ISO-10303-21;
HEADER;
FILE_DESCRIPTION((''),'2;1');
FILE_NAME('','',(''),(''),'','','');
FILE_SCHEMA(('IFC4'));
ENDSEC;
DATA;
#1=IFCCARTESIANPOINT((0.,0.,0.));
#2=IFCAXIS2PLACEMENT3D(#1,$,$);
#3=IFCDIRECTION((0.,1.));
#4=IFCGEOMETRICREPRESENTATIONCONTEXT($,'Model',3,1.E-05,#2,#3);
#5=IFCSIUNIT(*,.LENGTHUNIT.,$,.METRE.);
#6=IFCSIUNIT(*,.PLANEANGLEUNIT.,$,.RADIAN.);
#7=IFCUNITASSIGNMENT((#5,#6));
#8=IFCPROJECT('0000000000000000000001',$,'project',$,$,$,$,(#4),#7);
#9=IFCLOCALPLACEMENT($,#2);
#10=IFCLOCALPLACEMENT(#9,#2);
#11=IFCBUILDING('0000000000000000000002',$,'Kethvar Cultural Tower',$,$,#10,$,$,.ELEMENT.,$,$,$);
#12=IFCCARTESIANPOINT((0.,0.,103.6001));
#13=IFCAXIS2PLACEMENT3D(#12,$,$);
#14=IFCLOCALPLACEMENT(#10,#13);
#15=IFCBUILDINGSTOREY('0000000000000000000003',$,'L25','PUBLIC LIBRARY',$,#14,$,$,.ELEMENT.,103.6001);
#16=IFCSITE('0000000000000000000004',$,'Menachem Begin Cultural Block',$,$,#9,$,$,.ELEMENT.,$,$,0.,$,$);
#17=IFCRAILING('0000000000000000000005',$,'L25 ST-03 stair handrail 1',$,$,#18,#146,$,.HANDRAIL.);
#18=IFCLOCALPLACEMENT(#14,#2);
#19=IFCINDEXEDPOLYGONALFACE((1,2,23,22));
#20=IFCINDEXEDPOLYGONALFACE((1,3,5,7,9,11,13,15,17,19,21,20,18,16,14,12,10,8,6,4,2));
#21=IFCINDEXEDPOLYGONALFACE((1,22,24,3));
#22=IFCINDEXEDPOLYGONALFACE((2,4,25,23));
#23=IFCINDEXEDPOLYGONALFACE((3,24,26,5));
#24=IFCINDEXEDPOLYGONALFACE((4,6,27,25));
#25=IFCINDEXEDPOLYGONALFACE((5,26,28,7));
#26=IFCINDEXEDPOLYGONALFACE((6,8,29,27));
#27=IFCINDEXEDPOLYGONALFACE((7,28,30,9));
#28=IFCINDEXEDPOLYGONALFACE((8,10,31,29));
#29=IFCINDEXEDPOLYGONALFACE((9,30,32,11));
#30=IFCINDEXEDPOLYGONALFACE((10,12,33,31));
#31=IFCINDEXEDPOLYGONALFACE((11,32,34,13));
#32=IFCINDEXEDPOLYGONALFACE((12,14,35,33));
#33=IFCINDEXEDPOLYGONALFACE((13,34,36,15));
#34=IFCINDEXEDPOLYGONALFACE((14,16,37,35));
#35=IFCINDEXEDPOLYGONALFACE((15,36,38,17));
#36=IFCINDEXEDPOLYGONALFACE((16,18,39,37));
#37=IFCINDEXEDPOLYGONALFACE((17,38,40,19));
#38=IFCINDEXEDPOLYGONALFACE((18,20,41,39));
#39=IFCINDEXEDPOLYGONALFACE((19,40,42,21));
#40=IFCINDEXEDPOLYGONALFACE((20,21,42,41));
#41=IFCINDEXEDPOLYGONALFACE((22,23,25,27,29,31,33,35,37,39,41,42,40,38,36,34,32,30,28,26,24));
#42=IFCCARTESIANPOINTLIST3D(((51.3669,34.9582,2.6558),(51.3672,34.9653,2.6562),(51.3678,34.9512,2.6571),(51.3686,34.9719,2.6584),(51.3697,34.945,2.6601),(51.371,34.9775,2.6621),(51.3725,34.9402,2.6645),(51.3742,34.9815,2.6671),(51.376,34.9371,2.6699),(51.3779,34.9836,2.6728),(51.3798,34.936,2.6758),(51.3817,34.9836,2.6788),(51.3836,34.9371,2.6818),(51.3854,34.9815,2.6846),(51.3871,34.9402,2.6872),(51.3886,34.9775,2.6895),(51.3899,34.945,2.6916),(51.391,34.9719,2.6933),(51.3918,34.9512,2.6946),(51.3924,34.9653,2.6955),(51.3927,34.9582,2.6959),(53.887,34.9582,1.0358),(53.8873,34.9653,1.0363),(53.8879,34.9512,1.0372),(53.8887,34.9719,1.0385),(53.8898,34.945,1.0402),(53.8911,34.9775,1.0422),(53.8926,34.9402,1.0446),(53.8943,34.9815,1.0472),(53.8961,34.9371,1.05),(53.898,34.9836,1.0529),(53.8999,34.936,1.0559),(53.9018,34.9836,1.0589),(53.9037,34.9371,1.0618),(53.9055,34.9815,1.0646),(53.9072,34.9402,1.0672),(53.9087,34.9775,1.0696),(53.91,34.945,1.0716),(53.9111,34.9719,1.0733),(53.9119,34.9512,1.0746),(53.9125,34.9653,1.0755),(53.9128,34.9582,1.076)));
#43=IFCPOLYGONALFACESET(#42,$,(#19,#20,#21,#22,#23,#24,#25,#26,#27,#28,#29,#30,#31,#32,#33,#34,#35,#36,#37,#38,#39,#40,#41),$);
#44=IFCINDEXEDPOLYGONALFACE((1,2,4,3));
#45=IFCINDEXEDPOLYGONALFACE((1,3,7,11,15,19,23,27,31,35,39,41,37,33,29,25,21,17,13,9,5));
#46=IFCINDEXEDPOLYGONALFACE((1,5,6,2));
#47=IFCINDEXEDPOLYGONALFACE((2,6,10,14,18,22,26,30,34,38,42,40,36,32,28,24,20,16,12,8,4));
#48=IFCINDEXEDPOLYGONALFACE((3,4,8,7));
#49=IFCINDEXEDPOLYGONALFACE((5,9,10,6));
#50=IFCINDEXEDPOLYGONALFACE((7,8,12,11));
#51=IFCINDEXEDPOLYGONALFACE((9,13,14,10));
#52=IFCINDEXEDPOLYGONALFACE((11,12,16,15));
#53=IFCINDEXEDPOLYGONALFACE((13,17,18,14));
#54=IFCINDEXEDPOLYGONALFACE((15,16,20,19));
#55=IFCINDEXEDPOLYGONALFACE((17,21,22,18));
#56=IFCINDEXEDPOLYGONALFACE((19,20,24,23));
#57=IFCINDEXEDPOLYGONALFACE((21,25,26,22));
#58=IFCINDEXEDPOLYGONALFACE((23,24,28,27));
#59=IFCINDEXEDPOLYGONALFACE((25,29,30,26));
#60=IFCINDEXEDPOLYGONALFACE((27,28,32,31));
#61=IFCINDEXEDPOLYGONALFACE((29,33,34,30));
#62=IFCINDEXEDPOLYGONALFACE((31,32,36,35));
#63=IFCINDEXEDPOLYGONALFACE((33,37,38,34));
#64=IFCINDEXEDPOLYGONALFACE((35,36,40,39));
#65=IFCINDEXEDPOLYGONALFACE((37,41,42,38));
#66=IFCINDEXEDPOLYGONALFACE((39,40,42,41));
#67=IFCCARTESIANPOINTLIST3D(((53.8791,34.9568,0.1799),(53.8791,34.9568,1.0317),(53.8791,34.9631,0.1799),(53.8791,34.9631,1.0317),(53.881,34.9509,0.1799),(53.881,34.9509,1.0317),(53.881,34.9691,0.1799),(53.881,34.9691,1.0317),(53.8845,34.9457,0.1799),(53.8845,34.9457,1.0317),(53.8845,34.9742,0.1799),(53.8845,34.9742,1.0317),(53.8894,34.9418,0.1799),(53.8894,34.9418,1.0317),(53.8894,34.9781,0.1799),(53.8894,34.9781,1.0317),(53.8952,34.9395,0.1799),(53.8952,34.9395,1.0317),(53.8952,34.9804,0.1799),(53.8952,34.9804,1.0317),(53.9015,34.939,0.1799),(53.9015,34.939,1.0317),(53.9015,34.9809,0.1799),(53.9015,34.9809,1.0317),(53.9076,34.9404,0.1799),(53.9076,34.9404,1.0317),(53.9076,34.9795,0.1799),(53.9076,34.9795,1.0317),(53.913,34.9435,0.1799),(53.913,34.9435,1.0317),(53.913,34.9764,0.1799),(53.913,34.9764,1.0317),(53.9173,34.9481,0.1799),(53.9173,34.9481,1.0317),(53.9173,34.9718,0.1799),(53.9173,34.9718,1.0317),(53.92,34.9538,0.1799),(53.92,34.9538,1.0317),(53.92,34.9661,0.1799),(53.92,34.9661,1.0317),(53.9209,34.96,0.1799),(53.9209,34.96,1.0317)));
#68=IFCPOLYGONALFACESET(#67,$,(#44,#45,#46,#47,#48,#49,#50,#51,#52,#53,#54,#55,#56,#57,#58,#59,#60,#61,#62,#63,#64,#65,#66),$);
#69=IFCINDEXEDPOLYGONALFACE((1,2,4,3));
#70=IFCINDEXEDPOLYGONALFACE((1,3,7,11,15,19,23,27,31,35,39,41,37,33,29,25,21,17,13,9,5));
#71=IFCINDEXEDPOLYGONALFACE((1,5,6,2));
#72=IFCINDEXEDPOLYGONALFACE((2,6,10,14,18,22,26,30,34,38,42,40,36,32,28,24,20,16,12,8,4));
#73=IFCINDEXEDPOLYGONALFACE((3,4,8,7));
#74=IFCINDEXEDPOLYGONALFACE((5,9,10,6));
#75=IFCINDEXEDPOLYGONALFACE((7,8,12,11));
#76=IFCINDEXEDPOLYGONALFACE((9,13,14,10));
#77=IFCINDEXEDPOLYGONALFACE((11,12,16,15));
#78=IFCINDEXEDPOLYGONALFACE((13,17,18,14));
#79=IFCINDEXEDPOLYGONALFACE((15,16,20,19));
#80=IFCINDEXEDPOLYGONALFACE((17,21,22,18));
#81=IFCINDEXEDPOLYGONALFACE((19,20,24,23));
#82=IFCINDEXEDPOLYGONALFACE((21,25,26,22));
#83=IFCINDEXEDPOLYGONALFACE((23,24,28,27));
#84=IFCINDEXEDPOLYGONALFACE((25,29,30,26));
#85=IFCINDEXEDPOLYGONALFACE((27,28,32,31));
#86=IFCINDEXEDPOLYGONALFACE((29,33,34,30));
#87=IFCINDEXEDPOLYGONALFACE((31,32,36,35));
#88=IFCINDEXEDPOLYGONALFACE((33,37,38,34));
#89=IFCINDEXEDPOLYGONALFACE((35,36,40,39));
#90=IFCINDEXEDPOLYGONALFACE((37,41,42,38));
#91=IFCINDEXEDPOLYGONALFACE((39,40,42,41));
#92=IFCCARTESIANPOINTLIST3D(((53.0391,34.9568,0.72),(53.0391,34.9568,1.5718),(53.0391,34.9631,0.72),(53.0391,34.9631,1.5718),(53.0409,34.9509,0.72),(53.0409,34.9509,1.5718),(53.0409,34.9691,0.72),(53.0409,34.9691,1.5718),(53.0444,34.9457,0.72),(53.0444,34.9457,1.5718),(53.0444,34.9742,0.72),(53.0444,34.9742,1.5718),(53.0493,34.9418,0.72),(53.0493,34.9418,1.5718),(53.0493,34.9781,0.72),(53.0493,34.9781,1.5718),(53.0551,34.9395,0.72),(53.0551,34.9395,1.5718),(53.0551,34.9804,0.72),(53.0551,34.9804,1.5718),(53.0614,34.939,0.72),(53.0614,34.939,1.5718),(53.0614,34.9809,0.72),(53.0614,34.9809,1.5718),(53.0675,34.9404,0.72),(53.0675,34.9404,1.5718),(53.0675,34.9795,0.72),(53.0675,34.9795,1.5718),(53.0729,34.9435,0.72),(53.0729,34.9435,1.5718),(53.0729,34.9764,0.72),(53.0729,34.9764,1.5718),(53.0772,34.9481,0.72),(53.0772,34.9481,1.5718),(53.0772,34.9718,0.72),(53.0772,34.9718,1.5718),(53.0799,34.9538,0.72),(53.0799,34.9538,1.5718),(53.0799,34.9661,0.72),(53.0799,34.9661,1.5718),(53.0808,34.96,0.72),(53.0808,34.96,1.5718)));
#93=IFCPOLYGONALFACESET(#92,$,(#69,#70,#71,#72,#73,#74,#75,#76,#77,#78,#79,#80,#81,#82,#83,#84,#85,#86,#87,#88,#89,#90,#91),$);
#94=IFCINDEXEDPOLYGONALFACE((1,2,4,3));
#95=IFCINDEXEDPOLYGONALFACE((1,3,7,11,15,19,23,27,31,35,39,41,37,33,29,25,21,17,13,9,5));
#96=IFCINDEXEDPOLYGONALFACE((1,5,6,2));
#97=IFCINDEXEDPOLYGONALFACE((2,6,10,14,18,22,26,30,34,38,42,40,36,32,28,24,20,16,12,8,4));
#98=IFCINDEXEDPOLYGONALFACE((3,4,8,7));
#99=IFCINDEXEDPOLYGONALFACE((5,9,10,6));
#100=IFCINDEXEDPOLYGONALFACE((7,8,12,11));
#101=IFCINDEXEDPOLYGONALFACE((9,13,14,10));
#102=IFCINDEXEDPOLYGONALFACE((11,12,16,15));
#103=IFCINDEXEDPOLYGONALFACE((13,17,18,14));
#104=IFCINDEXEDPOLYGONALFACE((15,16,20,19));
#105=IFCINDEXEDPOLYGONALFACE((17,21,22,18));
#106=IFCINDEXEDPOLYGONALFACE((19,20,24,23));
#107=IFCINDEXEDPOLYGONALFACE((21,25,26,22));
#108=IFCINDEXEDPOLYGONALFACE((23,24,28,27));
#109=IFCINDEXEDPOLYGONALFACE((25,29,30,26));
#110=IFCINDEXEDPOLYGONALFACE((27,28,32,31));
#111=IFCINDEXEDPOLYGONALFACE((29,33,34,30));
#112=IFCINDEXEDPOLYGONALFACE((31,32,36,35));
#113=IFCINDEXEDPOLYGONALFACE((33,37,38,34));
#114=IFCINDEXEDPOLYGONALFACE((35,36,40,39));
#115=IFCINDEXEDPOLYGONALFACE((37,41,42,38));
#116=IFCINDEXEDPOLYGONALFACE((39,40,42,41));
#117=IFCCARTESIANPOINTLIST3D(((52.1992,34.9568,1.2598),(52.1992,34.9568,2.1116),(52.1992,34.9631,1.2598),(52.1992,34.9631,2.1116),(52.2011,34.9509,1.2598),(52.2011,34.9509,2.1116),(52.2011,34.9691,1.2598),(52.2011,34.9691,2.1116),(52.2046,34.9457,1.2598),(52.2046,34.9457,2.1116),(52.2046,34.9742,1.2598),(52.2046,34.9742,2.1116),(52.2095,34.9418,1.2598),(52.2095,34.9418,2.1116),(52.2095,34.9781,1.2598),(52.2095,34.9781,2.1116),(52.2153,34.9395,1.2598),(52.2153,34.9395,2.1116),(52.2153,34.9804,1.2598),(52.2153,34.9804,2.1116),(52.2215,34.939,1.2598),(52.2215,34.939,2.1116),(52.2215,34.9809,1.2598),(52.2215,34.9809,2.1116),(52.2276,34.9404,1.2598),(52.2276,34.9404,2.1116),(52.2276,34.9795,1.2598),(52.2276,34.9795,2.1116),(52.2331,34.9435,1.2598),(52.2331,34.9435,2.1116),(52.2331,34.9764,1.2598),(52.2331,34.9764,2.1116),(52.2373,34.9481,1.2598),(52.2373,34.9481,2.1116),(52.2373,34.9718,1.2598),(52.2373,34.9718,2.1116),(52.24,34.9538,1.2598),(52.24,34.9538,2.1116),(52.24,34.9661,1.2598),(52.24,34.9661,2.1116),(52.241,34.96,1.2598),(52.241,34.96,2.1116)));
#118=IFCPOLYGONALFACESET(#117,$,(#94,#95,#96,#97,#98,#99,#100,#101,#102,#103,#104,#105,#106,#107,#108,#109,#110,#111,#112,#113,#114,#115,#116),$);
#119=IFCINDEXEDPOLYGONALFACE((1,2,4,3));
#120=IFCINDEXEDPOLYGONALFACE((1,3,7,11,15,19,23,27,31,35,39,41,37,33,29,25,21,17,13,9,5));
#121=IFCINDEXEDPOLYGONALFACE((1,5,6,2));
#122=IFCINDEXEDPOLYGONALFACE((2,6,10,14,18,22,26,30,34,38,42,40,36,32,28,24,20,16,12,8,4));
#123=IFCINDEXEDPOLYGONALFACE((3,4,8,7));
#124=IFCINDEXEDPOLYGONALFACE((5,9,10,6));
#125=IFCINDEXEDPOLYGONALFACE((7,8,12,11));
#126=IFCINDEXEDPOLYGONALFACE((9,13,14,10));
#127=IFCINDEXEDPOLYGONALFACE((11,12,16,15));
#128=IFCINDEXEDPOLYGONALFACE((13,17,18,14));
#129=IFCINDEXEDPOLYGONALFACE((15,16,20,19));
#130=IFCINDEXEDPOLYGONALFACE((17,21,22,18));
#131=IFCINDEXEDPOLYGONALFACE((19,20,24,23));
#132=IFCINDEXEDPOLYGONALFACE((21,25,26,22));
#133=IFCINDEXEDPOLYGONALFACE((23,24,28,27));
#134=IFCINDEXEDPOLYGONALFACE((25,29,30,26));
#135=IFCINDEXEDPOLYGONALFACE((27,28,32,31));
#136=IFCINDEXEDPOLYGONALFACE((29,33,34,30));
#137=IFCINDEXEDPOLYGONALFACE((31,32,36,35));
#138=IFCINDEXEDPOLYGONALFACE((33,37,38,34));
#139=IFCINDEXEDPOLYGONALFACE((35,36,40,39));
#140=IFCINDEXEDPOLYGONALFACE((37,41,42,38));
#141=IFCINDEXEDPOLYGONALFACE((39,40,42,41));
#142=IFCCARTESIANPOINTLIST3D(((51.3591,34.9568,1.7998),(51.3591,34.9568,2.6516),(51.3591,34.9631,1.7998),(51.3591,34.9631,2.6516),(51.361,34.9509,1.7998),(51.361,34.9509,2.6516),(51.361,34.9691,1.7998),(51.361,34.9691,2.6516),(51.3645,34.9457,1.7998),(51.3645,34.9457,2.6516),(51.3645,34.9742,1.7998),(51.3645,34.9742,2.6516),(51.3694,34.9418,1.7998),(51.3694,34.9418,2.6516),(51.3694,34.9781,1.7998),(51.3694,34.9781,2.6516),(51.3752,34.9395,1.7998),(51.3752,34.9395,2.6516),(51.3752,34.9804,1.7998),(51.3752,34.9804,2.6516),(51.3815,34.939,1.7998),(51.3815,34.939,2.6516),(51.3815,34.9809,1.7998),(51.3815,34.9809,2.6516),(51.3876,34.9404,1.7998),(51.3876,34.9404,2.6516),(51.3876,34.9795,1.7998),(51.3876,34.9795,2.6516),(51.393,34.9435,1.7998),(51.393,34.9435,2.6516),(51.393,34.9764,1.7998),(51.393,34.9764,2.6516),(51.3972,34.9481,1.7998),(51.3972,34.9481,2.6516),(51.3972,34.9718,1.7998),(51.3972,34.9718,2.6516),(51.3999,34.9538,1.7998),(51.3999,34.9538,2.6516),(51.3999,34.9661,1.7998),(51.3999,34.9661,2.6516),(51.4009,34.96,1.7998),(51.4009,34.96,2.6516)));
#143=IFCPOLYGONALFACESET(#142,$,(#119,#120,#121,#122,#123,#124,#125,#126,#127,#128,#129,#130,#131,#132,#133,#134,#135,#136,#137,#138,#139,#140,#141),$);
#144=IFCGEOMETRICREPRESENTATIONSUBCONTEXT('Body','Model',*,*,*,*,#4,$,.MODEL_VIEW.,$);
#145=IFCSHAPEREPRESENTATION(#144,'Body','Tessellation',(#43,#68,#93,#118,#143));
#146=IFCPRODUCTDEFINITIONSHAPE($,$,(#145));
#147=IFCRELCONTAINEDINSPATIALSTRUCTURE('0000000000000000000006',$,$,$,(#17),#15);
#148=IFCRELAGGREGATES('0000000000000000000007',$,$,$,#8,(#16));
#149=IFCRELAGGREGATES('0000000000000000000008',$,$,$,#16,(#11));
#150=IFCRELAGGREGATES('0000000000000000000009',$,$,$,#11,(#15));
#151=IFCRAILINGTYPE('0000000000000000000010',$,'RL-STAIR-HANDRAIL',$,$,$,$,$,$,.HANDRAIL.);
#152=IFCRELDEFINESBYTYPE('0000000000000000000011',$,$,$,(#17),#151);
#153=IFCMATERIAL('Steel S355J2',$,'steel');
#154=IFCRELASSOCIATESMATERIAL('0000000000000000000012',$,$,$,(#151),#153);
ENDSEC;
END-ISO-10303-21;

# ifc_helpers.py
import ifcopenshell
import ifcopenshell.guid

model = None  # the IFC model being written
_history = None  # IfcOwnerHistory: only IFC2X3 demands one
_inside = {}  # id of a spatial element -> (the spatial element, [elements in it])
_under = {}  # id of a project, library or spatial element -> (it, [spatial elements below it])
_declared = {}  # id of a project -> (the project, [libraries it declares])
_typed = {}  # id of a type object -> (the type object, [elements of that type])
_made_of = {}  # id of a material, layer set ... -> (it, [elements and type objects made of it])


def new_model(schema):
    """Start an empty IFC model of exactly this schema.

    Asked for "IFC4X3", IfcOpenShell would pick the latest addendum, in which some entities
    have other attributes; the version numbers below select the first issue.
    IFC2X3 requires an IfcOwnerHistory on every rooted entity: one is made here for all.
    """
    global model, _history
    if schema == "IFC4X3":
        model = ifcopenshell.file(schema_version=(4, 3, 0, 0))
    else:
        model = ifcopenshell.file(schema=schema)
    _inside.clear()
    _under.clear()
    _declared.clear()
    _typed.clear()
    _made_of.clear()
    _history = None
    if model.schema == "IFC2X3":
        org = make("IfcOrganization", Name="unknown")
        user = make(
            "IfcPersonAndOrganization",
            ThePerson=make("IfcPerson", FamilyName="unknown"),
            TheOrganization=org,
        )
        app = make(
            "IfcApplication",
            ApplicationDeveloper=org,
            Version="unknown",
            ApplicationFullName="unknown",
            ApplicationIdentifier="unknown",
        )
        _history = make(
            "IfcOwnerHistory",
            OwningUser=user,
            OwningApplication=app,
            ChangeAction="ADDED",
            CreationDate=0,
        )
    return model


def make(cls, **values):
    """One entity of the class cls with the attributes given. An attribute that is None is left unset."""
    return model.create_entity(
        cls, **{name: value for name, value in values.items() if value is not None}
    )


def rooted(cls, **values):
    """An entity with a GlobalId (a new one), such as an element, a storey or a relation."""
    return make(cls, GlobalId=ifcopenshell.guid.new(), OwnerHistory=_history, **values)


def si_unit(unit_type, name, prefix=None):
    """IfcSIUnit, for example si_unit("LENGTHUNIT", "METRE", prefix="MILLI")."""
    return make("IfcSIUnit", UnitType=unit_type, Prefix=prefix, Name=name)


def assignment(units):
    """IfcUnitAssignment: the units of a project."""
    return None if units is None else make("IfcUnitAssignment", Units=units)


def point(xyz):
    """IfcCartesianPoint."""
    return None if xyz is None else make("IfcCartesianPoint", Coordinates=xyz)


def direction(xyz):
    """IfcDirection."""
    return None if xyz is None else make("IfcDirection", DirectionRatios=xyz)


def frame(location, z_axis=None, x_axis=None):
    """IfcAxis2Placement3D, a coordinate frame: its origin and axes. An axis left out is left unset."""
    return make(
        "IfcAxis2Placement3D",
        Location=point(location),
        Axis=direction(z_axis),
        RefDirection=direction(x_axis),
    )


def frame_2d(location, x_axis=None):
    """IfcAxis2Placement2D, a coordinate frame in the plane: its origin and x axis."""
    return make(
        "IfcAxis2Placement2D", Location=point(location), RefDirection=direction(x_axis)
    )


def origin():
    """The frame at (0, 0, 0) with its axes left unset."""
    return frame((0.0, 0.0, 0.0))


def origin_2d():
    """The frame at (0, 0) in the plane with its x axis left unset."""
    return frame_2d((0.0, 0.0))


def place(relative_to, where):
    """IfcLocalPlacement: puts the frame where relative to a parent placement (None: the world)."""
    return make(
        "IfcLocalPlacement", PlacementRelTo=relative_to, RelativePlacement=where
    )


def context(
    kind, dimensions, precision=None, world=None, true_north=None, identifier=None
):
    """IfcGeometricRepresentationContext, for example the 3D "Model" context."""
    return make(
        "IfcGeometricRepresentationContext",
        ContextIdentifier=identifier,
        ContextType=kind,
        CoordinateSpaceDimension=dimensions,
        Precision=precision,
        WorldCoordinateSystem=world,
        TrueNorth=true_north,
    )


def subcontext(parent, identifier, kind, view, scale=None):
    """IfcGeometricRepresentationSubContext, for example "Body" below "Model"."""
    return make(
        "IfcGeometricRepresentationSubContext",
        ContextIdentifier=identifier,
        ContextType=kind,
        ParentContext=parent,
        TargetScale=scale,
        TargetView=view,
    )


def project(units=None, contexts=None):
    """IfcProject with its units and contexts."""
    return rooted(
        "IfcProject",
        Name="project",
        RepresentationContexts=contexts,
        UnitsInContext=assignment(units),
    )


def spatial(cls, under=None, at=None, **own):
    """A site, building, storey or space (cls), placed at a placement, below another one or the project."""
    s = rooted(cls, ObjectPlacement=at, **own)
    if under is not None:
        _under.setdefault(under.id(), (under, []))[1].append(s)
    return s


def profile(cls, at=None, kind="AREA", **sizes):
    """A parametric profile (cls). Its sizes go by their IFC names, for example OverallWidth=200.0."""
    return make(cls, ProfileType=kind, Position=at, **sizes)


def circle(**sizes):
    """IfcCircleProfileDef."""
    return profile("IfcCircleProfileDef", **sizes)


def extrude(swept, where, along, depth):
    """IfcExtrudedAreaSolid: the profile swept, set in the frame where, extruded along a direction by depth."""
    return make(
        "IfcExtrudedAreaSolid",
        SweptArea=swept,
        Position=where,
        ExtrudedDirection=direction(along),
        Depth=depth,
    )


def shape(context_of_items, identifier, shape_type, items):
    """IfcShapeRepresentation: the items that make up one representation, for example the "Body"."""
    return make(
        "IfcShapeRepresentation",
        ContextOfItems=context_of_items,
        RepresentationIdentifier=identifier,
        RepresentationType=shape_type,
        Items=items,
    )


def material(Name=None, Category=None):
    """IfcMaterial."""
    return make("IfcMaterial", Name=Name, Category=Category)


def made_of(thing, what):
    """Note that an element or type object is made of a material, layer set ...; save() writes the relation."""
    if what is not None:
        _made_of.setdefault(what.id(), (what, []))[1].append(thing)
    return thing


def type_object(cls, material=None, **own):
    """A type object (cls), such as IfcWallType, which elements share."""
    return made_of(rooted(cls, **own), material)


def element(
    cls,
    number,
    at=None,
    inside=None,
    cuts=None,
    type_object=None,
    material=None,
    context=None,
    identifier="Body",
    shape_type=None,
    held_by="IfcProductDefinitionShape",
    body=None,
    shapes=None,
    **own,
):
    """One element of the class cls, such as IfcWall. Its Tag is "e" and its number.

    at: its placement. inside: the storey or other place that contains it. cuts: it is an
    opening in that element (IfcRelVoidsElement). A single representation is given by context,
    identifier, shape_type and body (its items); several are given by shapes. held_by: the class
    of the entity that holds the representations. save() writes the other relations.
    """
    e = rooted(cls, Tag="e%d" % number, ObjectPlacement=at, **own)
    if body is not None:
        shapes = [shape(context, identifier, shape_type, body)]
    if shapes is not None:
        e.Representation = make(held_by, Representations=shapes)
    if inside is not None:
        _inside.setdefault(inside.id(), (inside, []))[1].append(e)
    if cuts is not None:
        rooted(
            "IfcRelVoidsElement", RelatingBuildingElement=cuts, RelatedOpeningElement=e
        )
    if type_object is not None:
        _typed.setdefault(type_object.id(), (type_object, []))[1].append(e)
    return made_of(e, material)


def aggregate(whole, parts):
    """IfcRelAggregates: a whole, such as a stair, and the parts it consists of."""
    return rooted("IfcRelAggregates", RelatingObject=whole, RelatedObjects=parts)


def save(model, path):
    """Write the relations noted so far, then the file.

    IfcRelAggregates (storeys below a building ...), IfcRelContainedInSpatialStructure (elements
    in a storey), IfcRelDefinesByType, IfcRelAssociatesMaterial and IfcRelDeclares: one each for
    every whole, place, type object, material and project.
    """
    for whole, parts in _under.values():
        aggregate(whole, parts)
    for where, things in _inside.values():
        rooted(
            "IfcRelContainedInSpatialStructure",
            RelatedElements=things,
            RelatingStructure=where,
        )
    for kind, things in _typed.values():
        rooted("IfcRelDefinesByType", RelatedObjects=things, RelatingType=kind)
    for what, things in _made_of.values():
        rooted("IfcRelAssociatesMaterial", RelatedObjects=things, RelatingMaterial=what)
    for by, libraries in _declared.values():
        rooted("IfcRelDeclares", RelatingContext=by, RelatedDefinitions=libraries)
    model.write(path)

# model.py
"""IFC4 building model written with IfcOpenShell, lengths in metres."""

from ifc_helpers import new_model, si_unit, direction, frame, origin, origin_2d, place, context, subcontext, project, spatial, circle, extrude, material, type_object, element, save


model = new_model("IFC4")

# Units and contexts
model_context = context("Model", 3, precision=1e-05, world=origin(), true_north=direction((0.0, 1.0)))
body_context = subcontext(model_context, "Body", "Model", "MODEL_VIEW")
ifc_project = project(units=[si_unit("LENGTHUNIT", "METRE"), si_unit("PLANEANGLEUNIT", "RADIAN")], contexts=[model_context])

# Site, building, storey
site_placement = place(None, origin())
site = spatial("IfcSite", under=ifc_project, at=site_placement, Name="Menachem Begin Cultural Block", CompositionType="ELEMENT", RefElevation=0.0)
building_placement = place(site_placement, origin())
building = spatial("IfcBuilding", under=site, at=building_placement, Name="Kethvar Cultural Tower", CompositionType="ELEMENT")
storey_placement = place(building_placement, frame((0.0, 0.0, 103.6001)))
storey = spatial("IfcBuildingStorey", under=building, at=storey_placement, Name="L25", Description="PUBLIC LIBRARY", CompositionType="ELEMENT", Elevation=103.6001)

# Shared definitions
ifc_material_1 = material(Name="Steel S355J2", Category="steel")

# Railing
railing_type_1 = type_object("IfcRailingType", Name="RL-STAIR-HANDRAIL", PredefinedType="HANDRAIL", material=ifc_material_1)
railing_1_placement = place(storey_placement, frame((53.8999, 34.96, 0.1799)))
element("IfcRailing", 1, at=railing_1_placement, inside=storey, type_object=railing_type_1, Name="L25 ST-03 stair handrail 1", PredefinedType="HANDRAIL", context=body_context, shape_type="SweptSolid", body=[
    extrude(circle(Radius=0.0239, at=origin_2d()), frame((0.0, 0.0, 0.876), z_axis=(-0.8412, 0.0, 0.540725), x_axis=(0.0, -1.0, 0.0)), (0.0, 0.0, 1.0), 2.9958),
    extrude(circle(Radius=0.021, at=origin_2d()), origin(), (0.0, 0.0, 1.0), 0.8518),
    extrude(circle(Radius=0.021, at=origin_2d()), frame((-0.8401, 0.0, 0.54)), (0.0, 0.0, 1.0), 0.8518),
    extrude(circle(Radius=0.021, at=origin_2d()), frame((-1.6799, 0.0, 1.0798)), (0.0, 0.0, 1.0), 0.8518),
    extrude(circle(Radius=0.021, at=origin_2d()), frame((-2.52, 0.0, 1.6199)), (0.0, 0.0, 1.0), 0.8518),
])

save(model, "model.ifc")
